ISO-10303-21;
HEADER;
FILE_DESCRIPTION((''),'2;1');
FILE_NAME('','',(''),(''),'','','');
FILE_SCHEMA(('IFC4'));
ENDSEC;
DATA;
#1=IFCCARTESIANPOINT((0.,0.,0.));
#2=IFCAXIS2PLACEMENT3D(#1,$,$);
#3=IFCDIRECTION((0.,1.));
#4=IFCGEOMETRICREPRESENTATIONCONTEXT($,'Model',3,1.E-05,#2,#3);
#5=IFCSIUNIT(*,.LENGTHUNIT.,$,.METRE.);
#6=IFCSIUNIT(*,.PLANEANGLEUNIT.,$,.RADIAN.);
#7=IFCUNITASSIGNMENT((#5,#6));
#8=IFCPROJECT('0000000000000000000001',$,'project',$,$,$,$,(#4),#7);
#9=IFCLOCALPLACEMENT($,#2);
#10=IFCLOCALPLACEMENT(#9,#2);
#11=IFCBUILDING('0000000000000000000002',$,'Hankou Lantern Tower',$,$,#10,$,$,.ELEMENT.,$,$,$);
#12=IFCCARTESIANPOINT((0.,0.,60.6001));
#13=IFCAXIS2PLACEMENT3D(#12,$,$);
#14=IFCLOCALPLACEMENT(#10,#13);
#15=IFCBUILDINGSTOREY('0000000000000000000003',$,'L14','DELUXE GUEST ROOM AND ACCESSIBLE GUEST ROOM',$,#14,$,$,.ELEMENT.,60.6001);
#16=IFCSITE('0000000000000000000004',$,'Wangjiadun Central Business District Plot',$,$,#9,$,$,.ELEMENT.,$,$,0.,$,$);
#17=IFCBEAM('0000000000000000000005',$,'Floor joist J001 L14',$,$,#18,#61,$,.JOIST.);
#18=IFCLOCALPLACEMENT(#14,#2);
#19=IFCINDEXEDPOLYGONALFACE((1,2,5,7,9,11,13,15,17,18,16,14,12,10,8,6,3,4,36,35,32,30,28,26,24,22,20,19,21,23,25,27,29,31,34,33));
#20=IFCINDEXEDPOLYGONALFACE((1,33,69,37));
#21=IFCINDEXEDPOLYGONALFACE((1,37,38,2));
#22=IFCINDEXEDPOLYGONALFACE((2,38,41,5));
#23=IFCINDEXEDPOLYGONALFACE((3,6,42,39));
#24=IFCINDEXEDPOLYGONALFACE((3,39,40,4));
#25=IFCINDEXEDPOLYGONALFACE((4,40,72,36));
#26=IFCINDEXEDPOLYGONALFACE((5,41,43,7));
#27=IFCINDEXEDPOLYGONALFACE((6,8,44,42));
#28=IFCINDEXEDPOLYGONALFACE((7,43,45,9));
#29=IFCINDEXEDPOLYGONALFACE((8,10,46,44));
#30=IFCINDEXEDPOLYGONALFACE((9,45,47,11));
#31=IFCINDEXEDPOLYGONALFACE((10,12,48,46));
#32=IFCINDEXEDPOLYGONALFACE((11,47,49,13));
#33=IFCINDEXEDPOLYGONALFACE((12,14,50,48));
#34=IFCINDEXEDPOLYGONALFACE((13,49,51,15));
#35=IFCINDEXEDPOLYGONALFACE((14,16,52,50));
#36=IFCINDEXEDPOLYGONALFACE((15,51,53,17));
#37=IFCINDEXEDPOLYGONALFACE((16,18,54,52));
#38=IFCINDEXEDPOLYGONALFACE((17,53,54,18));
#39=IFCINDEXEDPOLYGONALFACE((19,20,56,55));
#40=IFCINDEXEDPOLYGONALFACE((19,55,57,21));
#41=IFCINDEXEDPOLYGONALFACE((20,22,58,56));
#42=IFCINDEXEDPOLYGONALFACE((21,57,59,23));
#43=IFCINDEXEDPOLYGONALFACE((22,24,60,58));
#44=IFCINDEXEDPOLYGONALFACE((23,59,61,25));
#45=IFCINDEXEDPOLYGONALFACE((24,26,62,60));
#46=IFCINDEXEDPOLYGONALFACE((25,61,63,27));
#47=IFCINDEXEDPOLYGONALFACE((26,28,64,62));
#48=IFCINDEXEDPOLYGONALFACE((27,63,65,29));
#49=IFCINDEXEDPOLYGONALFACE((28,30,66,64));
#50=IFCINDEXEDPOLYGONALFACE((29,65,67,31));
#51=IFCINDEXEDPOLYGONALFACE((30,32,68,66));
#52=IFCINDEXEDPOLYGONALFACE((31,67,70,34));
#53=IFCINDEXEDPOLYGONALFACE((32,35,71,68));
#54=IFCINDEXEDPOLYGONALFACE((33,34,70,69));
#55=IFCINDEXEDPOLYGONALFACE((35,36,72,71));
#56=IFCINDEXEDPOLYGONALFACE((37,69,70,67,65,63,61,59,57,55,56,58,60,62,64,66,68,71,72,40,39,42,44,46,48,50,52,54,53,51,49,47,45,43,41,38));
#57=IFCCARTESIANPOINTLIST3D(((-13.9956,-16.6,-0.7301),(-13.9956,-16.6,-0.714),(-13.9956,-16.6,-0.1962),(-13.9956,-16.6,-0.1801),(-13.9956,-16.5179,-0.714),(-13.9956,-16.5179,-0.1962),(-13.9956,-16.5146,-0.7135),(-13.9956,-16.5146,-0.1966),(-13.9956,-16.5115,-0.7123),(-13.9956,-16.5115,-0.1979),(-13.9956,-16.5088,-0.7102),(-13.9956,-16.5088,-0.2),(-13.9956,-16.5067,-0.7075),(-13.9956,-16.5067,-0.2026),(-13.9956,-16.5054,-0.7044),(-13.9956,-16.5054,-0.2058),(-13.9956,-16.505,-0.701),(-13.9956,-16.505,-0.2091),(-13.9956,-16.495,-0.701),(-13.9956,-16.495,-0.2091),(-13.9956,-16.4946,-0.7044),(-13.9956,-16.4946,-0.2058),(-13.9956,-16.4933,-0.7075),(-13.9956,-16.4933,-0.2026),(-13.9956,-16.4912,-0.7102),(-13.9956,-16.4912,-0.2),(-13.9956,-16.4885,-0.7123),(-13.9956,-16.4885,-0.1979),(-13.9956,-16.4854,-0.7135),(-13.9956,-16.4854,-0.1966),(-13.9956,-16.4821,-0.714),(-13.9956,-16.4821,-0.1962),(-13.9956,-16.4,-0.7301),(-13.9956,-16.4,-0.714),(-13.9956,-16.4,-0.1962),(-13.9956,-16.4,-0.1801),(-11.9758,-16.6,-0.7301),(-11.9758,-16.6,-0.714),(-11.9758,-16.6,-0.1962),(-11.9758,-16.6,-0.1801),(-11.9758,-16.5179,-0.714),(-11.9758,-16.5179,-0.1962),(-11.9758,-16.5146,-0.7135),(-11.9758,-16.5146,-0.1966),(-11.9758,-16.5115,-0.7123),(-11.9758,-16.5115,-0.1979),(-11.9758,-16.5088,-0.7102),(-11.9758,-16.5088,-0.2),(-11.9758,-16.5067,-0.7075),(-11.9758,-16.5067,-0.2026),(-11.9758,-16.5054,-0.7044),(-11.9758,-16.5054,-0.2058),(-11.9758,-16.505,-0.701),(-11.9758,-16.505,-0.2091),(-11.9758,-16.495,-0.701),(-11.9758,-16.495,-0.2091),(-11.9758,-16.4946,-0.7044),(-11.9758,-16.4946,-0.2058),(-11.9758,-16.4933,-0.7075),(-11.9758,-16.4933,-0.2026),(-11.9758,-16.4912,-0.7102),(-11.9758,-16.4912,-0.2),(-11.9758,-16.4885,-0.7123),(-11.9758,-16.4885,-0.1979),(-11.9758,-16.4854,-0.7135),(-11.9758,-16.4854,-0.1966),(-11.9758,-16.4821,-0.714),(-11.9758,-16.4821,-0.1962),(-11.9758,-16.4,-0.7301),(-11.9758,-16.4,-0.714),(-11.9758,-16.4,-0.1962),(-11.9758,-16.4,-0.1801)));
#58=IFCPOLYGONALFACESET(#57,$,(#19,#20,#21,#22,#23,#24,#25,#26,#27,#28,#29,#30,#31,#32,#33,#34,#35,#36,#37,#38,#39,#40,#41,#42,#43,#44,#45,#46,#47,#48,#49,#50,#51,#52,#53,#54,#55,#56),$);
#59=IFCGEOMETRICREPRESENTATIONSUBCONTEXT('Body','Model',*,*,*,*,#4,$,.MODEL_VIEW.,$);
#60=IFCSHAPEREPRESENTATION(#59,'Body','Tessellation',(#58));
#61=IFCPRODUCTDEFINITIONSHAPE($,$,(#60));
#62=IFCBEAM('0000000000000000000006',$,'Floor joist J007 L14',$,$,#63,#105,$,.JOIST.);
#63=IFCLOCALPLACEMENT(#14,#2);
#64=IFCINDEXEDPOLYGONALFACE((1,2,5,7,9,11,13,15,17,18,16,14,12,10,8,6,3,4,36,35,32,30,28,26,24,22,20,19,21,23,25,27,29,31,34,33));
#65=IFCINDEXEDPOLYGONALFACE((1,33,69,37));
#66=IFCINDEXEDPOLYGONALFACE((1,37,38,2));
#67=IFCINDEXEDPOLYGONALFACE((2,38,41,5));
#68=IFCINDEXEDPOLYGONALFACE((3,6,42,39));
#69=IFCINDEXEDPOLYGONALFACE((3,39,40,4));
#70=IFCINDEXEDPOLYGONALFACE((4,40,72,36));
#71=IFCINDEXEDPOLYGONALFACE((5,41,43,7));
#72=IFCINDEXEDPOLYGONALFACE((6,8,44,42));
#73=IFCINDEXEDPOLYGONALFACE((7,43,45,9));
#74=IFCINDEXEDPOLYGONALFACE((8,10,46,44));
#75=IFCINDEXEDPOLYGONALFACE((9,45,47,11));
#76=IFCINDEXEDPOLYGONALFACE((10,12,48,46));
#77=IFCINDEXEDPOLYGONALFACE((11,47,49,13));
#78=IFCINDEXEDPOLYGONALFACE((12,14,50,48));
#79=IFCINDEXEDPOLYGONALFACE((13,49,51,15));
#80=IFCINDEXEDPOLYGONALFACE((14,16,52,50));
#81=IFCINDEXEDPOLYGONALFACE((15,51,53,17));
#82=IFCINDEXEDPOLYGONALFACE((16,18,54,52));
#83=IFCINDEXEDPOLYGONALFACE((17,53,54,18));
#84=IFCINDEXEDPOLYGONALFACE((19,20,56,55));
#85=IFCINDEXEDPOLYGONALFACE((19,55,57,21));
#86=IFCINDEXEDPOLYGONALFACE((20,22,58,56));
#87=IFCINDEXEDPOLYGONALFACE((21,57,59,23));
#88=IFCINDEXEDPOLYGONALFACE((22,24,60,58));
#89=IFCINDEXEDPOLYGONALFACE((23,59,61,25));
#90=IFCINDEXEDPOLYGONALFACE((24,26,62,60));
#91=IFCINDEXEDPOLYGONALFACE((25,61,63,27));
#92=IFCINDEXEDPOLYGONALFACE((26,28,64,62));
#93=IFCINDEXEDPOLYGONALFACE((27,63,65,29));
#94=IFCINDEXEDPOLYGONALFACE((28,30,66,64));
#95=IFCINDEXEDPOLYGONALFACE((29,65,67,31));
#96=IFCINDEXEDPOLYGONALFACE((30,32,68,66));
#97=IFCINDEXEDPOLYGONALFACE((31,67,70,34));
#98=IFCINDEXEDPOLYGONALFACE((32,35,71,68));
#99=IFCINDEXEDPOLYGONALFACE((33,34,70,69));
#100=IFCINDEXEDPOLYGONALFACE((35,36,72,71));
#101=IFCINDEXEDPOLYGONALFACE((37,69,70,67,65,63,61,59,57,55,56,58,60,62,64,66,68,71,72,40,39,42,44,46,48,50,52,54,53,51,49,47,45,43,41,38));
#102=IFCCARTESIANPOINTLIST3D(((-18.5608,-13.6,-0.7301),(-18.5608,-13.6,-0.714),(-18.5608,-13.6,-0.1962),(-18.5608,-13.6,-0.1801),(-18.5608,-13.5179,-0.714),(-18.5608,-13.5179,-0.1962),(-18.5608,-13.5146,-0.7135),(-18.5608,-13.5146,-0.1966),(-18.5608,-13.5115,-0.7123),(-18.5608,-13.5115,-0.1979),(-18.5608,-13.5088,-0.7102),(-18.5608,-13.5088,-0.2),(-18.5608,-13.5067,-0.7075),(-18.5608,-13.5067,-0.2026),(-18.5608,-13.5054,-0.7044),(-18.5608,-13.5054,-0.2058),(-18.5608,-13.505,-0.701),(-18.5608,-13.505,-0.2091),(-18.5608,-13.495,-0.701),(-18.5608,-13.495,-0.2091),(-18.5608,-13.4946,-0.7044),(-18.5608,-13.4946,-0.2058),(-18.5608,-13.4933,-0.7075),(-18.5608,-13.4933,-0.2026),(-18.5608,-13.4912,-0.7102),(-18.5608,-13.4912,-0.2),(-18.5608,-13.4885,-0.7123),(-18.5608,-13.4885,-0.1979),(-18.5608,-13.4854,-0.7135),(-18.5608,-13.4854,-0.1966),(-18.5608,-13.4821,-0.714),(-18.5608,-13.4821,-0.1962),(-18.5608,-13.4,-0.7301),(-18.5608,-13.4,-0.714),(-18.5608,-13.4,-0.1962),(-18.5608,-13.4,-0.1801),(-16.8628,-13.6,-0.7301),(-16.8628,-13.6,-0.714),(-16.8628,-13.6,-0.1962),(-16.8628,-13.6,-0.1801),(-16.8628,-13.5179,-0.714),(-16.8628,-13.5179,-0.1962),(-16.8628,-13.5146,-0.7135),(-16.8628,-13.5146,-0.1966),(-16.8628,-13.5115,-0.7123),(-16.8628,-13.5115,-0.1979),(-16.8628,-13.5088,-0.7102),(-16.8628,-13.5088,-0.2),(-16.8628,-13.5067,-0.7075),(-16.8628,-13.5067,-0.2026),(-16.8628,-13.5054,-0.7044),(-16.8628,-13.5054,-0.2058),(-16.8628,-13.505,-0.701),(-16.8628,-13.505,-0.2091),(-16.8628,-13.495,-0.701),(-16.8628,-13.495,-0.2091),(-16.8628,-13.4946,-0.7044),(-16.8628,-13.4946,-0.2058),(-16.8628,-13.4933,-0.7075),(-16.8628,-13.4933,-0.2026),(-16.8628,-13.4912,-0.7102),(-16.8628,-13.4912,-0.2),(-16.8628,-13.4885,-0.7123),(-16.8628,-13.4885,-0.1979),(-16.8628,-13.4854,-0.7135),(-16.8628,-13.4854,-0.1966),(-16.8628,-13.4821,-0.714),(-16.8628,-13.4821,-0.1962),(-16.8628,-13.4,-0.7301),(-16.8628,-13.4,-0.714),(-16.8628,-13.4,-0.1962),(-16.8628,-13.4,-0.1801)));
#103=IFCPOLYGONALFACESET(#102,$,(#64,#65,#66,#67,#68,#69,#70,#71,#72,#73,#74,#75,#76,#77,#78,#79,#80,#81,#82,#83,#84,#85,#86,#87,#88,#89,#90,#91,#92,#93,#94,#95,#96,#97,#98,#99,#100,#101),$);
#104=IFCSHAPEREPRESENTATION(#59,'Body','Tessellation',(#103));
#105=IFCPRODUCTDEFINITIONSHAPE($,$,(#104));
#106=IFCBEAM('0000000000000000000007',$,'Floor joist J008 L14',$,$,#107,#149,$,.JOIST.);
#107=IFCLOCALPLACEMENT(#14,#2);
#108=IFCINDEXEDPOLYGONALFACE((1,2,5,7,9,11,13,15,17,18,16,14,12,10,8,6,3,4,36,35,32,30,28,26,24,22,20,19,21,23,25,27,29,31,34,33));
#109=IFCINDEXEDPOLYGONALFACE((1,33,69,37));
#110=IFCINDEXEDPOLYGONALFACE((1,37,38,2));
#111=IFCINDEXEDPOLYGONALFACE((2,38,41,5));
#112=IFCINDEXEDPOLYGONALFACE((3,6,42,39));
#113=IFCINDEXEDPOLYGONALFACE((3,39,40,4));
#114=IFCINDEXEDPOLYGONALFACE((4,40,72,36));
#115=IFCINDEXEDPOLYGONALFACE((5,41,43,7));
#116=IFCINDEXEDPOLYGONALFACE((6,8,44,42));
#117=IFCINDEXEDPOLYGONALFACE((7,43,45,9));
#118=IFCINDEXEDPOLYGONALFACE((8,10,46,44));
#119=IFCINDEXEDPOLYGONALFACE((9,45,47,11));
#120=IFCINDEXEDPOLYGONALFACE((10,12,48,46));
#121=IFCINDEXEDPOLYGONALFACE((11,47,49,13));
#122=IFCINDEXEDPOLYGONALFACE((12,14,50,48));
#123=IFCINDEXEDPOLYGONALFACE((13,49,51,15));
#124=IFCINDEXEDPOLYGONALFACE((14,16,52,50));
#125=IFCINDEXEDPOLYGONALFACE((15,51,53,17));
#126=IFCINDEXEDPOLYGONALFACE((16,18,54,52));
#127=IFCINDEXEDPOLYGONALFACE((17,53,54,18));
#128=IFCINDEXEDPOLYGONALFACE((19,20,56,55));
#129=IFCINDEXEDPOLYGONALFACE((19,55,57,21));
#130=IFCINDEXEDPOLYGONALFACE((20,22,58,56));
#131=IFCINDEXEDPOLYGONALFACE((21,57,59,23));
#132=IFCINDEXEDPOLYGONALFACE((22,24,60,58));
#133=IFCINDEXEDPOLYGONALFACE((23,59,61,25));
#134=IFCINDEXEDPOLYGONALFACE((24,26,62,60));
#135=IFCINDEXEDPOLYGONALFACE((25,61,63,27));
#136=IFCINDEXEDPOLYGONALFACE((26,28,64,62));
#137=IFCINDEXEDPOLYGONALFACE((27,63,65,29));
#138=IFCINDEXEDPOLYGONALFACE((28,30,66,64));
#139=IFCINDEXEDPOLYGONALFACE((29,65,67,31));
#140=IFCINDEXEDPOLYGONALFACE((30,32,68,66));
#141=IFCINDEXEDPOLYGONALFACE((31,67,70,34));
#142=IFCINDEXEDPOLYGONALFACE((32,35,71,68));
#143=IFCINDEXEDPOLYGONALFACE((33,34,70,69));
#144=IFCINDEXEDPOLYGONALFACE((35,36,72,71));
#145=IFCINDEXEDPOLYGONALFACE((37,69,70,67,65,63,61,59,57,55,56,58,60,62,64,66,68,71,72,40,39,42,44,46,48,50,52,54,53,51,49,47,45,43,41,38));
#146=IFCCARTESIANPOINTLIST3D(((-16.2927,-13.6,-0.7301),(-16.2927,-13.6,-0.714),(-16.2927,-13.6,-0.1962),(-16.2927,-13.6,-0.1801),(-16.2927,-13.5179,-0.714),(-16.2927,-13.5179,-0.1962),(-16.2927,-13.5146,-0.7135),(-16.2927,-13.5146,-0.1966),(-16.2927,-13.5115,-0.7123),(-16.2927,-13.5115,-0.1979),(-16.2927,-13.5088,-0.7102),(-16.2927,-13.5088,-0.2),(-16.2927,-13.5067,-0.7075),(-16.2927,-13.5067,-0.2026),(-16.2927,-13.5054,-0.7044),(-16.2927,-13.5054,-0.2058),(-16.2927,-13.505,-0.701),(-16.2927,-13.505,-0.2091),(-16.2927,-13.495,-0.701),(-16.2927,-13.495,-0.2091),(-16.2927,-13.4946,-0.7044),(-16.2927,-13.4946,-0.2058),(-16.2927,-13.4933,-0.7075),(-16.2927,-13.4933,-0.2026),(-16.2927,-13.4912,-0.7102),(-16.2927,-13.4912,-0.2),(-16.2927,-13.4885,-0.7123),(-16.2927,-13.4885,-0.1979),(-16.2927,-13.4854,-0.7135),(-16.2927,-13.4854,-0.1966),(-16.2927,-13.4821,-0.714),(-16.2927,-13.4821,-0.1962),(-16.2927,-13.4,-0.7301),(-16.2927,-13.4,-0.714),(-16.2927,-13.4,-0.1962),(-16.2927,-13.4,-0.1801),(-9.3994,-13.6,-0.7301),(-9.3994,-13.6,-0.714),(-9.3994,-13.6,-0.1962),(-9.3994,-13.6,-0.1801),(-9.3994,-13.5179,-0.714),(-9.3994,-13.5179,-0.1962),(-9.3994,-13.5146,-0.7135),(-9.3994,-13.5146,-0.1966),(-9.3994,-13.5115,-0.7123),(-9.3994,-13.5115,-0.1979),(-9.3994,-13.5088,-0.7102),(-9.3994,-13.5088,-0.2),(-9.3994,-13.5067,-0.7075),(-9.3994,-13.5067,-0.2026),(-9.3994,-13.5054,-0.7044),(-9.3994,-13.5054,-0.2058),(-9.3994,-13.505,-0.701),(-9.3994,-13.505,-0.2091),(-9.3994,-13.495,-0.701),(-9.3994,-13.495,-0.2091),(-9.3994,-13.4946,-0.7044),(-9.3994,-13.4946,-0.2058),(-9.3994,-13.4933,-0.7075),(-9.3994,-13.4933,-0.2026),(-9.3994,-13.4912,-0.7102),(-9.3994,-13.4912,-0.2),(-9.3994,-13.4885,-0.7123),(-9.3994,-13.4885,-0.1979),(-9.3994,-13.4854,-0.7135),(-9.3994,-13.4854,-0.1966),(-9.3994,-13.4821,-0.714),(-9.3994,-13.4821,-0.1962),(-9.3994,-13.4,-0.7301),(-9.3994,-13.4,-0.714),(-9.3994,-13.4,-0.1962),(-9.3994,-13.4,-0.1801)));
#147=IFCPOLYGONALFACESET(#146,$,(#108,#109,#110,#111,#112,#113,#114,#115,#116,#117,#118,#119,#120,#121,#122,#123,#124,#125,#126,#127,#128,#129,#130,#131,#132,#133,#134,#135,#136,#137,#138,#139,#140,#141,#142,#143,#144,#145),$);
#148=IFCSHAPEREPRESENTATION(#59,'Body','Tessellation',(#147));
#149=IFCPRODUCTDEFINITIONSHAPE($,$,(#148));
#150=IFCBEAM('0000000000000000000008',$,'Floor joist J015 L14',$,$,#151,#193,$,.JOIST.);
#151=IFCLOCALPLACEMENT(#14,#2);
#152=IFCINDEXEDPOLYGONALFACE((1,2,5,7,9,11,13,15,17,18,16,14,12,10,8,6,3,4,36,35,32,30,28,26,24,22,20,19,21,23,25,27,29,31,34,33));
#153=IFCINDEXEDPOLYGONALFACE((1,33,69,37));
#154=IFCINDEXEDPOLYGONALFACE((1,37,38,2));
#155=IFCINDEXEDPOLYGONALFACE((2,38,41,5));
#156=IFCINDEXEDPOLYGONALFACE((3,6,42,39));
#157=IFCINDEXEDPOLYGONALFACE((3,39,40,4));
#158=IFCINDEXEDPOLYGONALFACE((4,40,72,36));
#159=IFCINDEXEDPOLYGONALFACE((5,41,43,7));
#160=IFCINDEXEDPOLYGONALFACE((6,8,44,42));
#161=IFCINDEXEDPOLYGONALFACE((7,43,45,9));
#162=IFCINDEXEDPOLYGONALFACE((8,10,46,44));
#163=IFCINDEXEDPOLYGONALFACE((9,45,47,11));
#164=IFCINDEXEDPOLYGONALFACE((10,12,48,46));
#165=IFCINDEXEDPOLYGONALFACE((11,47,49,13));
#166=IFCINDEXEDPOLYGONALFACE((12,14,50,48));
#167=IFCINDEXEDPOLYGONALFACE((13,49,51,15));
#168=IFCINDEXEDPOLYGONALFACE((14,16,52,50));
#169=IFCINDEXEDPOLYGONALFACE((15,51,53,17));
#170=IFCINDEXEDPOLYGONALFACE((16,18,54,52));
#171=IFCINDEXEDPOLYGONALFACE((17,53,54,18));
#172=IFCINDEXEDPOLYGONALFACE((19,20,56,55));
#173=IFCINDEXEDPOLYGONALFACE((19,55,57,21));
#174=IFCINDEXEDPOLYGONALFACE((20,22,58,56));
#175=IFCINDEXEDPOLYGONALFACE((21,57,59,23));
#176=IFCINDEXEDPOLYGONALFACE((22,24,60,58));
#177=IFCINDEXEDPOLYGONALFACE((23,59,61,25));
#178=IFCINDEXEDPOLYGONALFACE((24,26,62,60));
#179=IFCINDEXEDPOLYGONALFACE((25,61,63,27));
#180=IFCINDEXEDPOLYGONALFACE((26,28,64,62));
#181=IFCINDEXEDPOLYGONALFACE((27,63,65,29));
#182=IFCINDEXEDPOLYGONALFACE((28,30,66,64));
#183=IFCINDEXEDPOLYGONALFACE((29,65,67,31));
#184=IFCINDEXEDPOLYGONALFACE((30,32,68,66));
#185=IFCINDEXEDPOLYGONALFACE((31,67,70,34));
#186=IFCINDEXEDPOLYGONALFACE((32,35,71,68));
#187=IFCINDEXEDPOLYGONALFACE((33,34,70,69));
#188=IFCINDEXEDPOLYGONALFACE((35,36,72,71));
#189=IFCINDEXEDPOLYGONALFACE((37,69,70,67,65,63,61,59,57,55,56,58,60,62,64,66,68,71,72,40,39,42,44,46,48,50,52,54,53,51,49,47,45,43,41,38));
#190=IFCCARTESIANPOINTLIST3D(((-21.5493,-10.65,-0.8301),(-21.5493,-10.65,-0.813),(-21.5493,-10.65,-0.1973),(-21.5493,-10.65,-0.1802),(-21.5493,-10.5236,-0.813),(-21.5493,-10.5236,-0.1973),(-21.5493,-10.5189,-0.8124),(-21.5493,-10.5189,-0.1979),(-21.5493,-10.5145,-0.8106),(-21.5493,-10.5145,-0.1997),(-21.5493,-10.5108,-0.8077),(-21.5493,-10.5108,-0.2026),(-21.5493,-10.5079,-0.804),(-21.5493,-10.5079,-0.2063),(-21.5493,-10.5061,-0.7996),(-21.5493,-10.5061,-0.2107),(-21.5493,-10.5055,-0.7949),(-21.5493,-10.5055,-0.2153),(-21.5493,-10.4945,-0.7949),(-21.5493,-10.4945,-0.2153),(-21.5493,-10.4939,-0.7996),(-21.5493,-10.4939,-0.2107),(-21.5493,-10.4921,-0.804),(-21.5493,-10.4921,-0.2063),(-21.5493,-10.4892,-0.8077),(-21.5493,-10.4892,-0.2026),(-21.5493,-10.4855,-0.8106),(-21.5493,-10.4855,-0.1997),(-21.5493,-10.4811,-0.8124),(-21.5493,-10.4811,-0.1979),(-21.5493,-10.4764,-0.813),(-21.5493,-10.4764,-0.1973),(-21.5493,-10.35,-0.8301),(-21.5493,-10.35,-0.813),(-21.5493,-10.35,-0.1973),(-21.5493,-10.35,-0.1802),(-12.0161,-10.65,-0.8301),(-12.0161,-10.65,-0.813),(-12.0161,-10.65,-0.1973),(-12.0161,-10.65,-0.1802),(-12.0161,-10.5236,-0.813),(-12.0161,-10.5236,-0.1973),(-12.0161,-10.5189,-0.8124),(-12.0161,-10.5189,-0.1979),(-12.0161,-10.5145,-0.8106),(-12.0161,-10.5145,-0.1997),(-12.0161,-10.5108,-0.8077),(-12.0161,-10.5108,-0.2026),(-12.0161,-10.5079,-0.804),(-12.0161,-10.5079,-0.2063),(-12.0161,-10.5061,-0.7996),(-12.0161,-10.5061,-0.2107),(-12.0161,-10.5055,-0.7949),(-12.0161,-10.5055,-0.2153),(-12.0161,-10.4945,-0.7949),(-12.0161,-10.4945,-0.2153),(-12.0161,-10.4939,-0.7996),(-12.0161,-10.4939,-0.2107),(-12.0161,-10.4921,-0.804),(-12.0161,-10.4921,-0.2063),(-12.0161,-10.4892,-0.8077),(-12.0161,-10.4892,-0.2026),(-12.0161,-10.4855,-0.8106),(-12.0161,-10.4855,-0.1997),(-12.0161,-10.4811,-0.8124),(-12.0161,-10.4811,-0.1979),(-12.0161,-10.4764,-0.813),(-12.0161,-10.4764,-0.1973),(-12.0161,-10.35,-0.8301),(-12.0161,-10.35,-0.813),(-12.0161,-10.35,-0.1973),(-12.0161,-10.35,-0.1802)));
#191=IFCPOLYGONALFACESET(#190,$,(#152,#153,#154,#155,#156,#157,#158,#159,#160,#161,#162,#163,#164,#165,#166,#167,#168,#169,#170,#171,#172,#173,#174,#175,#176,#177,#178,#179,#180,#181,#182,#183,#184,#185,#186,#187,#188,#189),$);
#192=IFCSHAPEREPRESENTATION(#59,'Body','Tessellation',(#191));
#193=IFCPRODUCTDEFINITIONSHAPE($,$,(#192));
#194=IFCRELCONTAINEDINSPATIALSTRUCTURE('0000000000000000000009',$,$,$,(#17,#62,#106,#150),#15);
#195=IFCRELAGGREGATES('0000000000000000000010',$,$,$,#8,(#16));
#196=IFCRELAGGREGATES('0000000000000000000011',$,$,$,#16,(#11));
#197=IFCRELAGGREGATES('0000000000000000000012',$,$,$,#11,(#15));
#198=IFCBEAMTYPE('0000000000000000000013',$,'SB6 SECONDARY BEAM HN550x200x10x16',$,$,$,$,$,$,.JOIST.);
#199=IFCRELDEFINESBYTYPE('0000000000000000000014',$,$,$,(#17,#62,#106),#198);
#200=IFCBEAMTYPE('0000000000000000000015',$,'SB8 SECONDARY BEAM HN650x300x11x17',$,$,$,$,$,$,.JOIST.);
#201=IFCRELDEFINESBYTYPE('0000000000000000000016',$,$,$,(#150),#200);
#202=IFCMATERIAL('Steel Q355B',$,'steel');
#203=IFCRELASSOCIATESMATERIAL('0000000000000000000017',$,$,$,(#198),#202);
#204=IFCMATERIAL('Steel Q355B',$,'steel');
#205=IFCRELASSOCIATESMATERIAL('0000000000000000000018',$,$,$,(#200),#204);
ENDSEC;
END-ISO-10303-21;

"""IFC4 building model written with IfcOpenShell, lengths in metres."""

from ifc_helpers import new_model, si_unit, direction, frame, origin, origin_2d, place, context, subcontext, project, spatial, i_section, extrude, material, material_profile, profile_set, type_object, element, save


model = new_model("IFC4")

# Units and contexts
model_context = context("Model", 3, precision=1e-05, world=origin(), true_north=direction((0.0, 1.0)))
body_context = subcontext(model_context, "Body", "Model", "MODEL_VIEW")
ifc_project = project(units=[si_unit("LENGTHUNIT", "METRE"), si_unit("PLANEANGLEUNIT", "RADIAN")], contexts=[model_context])

# Site, building, storey
site_placement = place(None, origin())
site = spatial("IfcSite", under=ifc_project, at=site_placement, Name="Wangjiadun Central Business District Plot", CompositionType="ELEMENT", RefElevation=0.0)
building_placement = place(site_placement, origin())
building = spatial("IfcBuilding", under=site, at=building_placement, Name="Hankou Lantern Tower", CompositionType="ELEMENT")
storey_placement = place(building_placement, frame((0.0, 0.0, 60.6001)))
storey = spatial("IfcBuildingStorey", under=building, at=storey_placement, Name="L14", Description="DELUXE GUEST ROOM AND ACCESSIBLE GUEST ROOM", CompositionType="ELEMENT", Elevation=60.6001)

# Beams
ifc_material_1 = material(Name="Steel Q355B", Category="steel")
ifc_material_profile_1 = material_profile(ifc_material_1, i_section(OverallWidth=0.2, OverallDepth=0.55, WebThickness=0.01, FlangeThickness=0.0161, FilletRadius=0.0129, at=origin_2d()), Name="HN550x200x10x16")
ifc_profile_set_1 = profile_set([ifc_material_profile_1], Name="Steel Q355B")
beam_type_1 = type_object("IfcBeamType", Name="SB6 SECONDARY BEAM HN550x200x10x16", PredefinedType="JOIST", material=ifc_profile_set_1)
beam_1_placement = place(storey_placement, frame((-13.9956, -16.5, -0.4551), z_axis=(1.0, 0.0, 0.0), x_axis=(0.0, 1.0, 0.0)))
element("IfcBeam", 1, at=beam_1_placement, inside=storey, type_object=beam_type_1, Name="Floor joist J001 L14", PredefinedType="JOIST", context=body_context, shape_type="SweptSolid", body=[
    extrude(i_section(OverallWidth=0.2, OverallDepth=0.55, WebThickness=0.01, FlangeThickness=0.0161, FilletRadius=0.0129, at=origin_2d()), origin(), (0.0, 0.0, 1.0), 2.0198),
])
beam_2_placement = place(storey_placement, frame((-18.5608, -13.5, -0.4551), z_axis=(1.0, 0.0, 0.0), x_axis=(0.0, 1.0, 0.0)))
element("IfcBeam", 2, at=beam_2_placement, inside=storey, type_object=beam_type_1, Name="Floor joist J007 L14", PredefinedType="JOIST", context=body_context, shape_type="SweptSolid", body=[
    extrude(i_section(OverallWidth=0.2, OverallDepth=0.55, WebThickness=0.01, FlangeThickness=0.0161, FilletRadius=0.0129, at=origin_2d()), origin(), (0.0, 0.0, 1.0), 1.698),
])
beam_3_placement = place(storey_placement, frame((-16.2927, -13.5, -0.4551), z_axis=(1.0, 0.0, 0.0), x_axis=(0.0, 1.0, 0.0)))
element("IfcBeam", 3, at=beam_3_placement, inside=storey, type_object=beam_type_1, Name="Floor joist J008 L14", PredefinedType="JOIST", context=body_context, shape_type="SweptSolid", body=[
    extrude(i_section(OverallWidth=0.2, OverallDepth=0.55, WebThickness=0.01, FlangeThickness=0.0161, FilletRadius=0.0129, at=origin_2d()), origin(), (0.0, 0.0, 1.0), 6.8933),
])
ifc_material_2 = material(Name="Steel Q355B", Category="steel")
ifc_material_profile_2 = material_profile(ifc_material_2, i_section(OverallWidth=0.3, OverallDepth=0.6499, WebThickness=0.011, FlangeThickness=0.0171, FilletRadius=0.0181, at=origin_2d()), Name="HN650x300x11x17")
ifc_profile_set_2 = profile_set([ifc_material_profile_2], Name="Steel Q355B")
beam_type_2 = type_object("IfcBeamType", Name="SB8 SECONDARY BEAM HN650x300x11x17", PredefinedType="JOIST", material=ifc_profile_set_2)
beam_4_placement = place(storey_placement, frame((-21.5493, -10.5, -0.5051), z_axis=(1.0, 0.0, 0.0), x_axis=(0.0, 1.0, 0.0)))
element("IfcBeam", 4, at=beam_4_placement, inside=storey, type_object=beam_type_2, Name="Floor joist J015 L14", PredefinedType="JOIST", context=body_context, shape_type="SweptSolid", body=[
    extrude(i_section(OverallWidth=0.3, OverallDepth=0.6499, WebThickness=0.011, FlangeThickness=0.0171, FilletRadius=0.0181, at=origin_2d()), origin(), (0.0, 0.0, 1.0), 9.5332),
])

save(model, "model.ifc")
